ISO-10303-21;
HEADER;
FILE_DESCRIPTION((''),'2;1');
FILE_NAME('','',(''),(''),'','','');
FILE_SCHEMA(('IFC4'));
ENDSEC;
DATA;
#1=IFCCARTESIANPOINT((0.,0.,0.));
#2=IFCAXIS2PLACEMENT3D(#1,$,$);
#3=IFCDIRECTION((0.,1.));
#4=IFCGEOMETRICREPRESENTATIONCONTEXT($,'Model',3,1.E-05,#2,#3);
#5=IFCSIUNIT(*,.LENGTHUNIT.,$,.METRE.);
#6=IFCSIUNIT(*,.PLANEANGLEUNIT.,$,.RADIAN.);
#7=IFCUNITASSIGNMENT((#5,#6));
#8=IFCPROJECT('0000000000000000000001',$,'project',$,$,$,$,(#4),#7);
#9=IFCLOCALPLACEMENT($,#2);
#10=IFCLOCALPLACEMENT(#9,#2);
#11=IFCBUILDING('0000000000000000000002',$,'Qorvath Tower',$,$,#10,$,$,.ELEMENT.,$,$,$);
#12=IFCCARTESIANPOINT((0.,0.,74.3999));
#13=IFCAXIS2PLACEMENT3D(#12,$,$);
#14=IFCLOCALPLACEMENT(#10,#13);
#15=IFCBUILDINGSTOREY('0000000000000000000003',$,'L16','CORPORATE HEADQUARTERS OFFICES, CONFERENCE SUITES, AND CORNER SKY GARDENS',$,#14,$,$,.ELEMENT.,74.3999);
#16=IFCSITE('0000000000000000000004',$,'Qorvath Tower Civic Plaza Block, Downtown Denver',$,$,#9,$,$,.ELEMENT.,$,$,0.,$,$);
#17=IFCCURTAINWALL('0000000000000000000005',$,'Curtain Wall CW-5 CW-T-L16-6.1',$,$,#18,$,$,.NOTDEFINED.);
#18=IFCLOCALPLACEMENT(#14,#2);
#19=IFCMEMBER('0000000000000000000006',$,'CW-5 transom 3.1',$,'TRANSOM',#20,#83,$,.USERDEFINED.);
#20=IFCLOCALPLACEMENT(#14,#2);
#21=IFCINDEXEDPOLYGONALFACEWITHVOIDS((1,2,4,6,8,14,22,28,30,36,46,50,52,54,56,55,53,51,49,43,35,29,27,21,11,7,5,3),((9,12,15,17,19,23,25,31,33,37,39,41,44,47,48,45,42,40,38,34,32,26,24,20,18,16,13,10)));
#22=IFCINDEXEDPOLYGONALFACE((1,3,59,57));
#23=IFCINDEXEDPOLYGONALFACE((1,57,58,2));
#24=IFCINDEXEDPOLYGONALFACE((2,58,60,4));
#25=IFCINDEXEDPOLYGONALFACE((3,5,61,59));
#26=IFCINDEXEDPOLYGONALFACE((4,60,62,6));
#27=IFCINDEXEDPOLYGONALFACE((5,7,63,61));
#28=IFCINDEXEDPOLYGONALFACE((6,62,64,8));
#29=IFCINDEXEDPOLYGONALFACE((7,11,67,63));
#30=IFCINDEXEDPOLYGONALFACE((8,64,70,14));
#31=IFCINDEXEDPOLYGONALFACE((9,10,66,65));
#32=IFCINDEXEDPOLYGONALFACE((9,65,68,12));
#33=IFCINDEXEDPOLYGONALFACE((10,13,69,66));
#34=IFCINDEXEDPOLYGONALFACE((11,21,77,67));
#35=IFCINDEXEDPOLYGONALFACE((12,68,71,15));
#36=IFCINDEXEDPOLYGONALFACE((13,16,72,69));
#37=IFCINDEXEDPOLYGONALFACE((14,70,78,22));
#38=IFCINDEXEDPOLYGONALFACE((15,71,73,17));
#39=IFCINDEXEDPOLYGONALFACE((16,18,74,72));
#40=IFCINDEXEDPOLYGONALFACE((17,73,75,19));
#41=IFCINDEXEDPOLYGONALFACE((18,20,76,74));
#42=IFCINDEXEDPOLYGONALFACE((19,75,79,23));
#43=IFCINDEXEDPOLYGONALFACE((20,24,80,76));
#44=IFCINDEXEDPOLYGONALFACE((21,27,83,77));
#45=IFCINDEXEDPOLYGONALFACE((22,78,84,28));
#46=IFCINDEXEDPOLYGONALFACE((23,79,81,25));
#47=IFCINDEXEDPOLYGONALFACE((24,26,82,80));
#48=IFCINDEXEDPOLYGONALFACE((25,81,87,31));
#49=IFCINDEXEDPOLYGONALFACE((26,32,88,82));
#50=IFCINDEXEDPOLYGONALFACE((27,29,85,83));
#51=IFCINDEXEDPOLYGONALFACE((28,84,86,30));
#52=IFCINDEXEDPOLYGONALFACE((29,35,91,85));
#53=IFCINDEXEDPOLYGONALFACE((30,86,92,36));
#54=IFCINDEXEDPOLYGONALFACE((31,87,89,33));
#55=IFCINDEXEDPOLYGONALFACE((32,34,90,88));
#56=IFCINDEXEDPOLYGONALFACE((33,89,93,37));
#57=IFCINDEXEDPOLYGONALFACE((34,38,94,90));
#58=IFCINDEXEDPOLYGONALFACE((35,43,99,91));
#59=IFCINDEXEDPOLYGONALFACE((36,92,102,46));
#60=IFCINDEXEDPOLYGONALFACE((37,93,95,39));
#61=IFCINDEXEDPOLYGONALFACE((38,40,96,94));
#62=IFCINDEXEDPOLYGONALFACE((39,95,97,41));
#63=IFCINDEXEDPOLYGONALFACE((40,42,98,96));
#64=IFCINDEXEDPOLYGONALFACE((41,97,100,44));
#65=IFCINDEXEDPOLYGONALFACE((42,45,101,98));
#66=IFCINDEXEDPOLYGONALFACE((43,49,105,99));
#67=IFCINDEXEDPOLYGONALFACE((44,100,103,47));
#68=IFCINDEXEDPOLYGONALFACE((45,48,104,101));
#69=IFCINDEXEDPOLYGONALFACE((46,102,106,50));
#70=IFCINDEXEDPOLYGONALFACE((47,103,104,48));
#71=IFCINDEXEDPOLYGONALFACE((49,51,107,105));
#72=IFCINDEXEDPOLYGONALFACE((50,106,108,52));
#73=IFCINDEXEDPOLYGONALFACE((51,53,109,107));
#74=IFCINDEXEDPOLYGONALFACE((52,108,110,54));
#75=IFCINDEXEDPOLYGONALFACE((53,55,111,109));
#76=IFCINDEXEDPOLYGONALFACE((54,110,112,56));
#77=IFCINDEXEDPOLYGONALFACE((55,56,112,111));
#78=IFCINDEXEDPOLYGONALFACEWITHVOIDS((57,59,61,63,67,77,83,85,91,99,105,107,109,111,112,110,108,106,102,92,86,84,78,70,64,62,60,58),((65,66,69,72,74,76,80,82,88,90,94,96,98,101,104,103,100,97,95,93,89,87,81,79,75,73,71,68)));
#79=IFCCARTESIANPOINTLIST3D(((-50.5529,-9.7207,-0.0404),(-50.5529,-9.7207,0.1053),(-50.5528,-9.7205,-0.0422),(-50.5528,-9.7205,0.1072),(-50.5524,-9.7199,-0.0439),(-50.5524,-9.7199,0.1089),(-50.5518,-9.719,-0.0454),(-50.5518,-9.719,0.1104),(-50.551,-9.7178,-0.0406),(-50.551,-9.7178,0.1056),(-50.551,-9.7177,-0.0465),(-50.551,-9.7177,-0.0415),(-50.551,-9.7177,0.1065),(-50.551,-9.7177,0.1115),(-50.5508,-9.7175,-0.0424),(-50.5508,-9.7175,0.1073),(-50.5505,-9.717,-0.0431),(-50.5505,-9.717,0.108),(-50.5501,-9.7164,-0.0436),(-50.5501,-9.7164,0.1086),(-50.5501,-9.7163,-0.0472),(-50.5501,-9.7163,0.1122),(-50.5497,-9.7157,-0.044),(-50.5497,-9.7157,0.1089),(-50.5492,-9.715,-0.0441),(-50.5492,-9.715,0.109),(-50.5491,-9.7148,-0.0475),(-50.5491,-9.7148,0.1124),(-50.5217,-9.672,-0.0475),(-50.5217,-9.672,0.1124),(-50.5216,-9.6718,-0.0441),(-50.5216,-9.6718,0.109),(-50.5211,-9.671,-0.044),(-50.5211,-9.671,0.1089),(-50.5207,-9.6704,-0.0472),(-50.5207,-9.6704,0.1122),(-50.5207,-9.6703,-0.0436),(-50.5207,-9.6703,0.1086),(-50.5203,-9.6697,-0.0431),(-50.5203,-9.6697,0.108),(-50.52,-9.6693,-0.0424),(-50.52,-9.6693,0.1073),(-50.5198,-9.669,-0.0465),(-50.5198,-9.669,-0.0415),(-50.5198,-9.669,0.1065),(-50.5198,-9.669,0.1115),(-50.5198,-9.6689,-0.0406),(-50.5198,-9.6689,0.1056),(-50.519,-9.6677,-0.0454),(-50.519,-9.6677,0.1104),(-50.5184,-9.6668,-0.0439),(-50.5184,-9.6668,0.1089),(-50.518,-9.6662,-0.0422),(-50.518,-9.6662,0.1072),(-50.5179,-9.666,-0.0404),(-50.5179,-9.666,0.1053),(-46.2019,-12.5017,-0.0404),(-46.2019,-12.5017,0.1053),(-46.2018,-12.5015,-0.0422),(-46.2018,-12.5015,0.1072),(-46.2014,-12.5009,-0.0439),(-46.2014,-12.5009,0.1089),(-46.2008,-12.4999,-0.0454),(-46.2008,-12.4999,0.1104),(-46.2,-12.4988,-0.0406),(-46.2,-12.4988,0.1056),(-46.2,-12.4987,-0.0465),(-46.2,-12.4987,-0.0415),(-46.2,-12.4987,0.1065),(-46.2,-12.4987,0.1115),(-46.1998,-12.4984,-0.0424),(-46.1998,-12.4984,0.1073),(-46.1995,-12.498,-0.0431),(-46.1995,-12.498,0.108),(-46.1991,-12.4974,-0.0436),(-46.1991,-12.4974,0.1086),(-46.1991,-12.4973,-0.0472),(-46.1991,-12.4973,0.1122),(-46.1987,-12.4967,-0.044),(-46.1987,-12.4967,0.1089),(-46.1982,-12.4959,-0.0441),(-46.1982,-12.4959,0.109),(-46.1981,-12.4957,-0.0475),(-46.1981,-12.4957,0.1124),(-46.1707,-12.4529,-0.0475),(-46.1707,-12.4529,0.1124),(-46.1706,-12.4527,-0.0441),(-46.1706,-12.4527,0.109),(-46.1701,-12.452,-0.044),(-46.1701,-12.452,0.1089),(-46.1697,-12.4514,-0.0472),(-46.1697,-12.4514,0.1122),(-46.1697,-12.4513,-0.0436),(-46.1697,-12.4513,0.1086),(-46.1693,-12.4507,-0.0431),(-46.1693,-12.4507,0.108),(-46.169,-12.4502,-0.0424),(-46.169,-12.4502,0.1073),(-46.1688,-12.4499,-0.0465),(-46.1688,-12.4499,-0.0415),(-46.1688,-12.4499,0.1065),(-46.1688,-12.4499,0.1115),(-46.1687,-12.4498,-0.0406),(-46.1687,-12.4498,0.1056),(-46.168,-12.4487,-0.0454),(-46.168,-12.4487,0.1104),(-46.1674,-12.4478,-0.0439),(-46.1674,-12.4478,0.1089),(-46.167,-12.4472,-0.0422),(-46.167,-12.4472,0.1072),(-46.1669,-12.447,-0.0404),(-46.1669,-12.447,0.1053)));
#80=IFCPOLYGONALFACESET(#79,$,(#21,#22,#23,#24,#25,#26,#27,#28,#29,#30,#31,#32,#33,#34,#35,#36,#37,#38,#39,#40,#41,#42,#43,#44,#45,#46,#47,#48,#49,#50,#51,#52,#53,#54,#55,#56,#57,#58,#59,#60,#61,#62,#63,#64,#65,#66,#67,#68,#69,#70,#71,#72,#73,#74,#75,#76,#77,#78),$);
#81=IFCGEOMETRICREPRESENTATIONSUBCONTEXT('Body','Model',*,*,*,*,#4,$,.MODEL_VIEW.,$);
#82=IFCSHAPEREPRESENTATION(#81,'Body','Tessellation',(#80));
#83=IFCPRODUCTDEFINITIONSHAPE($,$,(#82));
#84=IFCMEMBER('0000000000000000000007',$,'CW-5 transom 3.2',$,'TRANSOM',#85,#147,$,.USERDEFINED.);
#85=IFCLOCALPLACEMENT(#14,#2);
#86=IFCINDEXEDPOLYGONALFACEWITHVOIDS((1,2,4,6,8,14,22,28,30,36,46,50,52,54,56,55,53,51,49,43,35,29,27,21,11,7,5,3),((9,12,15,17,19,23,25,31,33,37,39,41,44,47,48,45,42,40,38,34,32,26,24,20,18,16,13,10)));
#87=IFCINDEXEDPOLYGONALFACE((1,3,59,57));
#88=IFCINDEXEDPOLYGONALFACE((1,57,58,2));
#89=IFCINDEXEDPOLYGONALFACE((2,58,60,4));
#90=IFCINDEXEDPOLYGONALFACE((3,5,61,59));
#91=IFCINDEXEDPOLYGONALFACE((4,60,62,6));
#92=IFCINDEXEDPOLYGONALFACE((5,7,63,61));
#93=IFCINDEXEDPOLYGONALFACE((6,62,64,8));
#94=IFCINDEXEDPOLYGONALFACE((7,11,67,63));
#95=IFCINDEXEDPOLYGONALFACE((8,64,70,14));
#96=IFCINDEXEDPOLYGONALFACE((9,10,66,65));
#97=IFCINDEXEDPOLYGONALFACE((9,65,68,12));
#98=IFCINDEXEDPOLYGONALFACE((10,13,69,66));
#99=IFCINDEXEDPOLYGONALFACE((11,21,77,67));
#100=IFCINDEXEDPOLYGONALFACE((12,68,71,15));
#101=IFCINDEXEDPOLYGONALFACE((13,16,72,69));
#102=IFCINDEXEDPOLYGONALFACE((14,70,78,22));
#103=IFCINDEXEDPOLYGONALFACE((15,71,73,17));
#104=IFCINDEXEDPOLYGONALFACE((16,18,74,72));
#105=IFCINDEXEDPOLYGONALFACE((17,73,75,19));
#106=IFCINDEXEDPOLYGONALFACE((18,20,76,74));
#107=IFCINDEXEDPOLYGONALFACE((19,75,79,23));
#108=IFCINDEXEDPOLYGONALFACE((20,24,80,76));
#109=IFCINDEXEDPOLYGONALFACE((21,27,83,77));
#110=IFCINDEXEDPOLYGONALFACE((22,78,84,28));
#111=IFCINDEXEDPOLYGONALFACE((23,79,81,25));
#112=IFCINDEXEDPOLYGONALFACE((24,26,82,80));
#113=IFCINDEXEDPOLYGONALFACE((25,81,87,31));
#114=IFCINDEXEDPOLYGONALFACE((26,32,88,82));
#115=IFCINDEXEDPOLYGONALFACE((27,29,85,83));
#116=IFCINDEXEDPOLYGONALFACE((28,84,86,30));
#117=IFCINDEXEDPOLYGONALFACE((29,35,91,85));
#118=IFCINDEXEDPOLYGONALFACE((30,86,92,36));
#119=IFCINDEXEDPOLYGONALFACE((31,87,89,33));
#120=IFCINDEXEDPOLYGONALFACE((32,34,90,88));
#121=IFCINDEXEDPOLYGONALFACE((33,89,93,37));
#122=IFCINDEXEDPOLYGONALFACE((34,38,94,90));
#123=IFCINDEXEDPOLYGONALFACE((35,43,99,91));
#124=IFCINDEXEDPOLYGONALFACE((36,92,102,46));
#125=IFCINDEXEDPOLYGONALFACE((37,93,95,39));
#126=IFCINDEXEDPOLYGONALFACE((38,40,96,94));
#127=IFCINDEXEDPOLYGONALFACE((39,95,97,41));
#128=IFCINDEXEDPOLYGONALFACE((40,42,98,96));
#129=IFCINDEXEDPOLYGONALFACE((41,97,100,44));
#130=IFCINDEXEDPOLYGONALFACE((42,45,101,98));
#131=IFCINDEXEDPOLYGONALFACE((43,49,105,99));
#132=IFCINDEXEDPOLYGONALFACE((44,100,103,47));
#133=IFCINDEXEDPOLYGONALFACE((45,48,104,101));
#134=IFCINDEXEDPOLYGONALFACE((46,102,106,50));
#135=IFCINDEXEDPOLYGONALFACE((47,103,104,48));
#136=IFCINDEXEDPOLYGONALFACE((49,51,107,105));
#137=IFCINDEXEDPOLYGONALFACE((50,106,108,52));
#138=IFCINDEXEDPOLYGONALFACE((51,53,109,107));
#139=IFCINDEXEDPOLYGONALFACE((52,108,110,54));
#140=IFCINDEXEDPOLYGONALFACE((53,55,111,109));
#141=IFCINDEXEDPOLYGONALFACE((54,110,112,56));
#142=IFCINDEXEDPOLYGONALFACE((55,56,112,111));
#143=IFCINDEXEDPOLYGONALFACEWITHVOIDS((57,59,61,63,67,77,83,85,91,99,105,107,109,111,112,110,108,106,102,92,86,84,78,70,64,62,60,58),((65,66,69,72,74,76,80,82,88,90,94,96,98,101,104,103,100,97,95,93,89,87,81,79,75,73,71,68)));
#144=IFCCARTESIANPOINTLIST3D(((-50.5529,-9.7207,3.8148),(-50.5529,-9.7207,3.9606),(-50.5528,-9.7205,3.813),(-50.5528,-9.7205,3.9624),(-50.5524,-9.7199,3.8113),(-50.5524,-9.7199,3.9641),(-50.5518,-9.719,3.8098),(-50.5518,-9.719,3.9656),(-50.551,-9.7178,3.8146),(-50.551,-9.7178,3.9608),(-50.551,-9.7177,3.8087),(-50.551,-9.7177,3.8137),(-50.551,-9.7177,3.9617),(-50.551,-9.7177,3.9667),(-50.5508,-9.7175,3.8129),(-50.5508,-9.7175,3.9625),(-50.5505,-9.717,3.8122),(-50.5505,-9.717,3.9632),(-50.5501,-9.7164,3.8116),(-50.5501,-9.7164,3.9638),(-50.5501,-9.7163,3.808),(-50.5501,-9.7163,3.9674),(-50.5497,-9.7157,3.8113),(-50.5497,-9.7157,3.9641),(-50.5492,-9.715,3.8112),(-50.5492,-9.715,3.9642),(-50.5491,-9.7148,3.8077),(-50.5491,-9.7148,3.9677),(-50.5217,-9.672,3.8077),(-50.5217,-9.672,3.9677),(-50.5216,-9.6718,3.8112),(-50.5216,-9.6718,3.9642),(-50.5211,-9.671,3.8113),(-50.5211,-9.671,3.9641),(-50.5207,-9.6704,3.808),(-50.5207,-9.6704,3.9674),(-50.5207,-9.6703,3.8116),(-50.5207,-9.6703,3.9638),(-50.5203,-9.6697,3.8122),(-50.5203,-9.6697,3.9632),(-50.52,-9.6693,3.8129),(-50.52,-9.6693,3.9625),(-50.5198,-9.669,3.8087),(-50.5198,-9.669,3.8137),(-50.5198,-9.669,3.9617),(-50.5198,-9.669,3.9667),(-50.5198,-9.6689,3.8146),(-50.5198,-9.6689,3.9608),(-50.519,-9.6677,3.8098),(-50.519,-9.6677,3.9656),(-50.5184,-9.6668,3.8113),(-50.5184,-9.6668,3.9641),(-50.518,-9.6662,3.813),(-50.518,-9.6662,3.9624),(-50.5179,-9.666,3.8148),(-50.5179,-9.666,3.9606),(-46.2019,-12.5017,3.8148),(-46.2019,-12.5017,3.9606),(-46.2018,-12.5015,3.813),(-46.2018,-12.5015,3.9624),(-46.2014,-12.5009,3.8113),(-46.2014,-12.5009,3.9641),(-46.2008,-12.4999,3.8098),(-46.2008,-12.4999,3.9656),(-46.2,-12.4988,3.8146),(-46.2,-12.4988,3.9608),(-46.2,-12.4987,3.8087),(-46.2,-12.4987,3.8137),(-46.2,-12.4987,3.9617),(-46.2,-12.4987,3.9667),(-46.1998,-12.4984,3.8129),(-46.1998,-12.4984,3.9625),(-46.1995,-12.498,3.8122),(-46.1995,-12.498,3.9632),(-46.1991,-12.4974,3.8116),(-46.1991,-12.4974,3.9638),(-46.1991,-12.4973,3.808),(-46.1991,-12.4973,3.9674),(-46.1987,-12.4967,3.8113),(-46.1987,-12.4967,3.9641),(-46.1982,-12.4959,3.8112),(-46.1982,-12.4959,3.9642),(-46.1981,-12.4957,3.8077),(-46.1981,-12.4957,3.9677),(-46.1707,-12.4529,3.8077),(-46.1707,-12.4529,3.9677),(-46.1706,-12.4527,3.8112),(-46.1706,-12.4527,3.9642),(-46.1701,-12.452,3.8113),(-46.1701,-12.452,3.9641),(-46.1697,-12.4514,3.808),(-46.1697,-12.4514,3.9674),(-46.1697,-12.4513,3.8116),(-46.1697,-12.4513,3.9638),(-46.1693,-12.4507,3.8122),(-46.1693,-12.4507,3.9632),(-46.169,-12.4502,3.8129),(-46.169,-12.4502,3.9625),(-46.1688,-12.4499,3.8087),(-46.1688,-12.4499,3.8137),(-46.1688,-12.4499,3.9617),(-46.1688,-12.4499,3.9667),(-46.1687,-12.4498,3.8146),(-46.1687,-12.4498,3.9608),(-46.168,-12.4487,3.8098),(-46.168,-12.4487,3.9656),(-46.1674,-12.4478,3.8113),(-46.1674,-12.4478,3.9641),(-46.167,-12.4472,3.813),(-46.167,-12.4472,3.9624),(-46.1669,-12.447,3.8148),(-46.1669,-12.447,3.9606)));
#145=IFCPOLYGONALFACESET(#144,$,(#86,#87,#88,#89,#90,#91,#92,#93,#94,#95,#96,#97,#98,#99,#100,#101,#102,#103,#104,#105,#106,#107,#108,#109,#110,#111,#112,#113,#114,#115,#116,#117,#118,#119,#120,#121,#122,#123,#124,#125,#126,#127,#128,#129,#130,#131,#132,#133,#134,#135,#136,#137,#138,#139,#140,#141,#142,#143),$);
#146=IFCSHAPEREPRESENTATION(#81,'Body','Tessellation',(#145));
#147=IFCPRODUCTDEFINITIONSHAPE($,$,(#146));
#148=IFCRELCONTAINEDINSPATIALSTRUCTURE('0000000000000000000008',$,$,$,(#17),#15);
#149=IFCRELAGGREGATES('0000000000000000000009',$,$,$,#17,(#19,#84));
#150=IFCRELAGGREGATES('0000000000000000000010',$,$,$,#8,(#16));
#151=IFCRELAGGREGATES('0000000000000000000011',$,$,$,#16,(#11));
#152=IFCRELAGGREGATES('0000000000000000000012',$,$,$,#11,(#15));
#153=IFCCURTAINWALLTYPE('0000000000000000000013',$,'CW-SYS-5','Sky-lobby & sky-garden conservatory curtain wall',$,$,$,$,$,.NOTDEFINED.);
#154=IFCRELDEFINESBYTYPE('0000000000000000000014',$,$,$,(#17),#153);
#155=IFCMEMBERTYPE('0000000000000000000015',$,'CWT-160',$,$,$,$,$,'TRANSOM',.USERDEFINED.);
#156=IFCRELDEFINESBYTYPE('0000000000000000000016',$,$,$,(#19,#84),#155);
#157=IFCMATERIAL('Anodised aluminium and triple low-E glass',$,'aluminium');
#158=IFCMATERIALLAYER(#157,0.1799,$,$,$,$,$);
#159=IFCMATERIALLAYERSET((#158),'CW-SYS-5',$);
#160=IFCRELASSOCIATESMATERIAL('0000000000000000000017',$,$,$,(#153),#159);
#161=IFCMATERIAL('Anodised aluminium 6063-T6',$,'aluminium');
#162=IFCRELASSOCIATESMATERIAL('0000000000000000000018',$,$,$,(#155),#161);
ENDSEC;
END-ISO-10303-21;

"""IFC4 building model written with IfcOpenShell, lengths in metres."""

from ifc_helpers import new_model, si_unit, direction, frame, origin, origin_2d, place, context, subcontext, project, spatial, hollow_rectangle, extrude, material, layer, layer_set, material_profile, profile_set, type_object, element, aggregate, save


model = new_model("IFC4")

# Units and contexts
model_context = context("Model", 3, precision=1e-05, world=origin(), true_north=direction((0.0, 1.0)))
body_context = subcontext(model_context, "Body", "Model", "MODEL_VIEW")
ifc_project = project(units=[si_unit("LENGTHUNIT", "METRE"), si_unit("PLANEANGLEUNIT", "RADIAN")], contexts=[model_context])

# Site, building, storey
site_placement = place(None, origin())
site = spatial("IfcSite", under=ifc_project, at=site_placement, Name="Qorvath Tower Civic Plaza Block, Downtown Denver", CompositionType="ELEMENT", RefElevation=0.0)
building_placement = place(site_placement, origin())
building = spatial("IfcBuilding", under=site, at=building_placement, Name="Qorvath Tower", CompositionType="ELEMENT")
storey_placement = place(building_placement, frame((0.0, 0.0, 74.3999)))
storey = spatial("IfcBuildingStorey", under=building, at=storey_placement, Name="L16", Description="CORPORATE HEADQUARTERS OFFICES, CONFERENCE SUITES, AND CORNER SKY GARDENS", CompositionType="ELEMENT", Elevation=74.3999)

# Shared definitions
ifc_material_1 = material(Name="Anodised aluminium and triple low-E glass", Category="aluminium")
ifc_layer_1 = layer(ifc_material_1, 0.1799)
ifc_layer_set_1 = layer_set([ifc_layer_1], Name="CW-SYS-5")
curtain_wall_type = type_object("IfcCurtainWallType", Name="CW-SYS-5", Description="Sky-lobby & sky-garden conservatory curtain wall", PredefinedType="NOTDEFINED", material=ifc_layer_set_1)

# Curtain wall, members
curtain_wall_1_placement = place(storey_placement, origin())
curtain_wall_1 = element("IfcCurtainWall", 1, at=curtain_wall_1_placement, inside=storey, type_object=curtain_wall_type, Name="Curtain Wall CW-5 CW-T-L16-6.1", PredefinedType="NOTDEFINED")
ifc_material_2 = material(Name="Anodised aluminium 6063-T6", Category="aluminium")
ifc_material_profile_1 = material_profile(ifc_material_2, hollow_rectangle(XDim=0.0649, YDim=0.1599, WallThickness=0.0034, InnerFilletRadius=0.0034, OuterFilletRadius=0.0071, at=origin_2d()), Name="CWT 160x65")
ifc_profile_set_1 = profile_set([ifc_material_profile_1], Name="Anodised aluminium 6063-T6")
member_type_1 = type_object("IfcMemberType", Name="CWT-160", ElementType="TRANSOM", PredefinedType="USERDEFINED", material=ifc_profile_set_1)
member_1_placement = place(storey_placement, frame((-50.5354, -9.6934, 0.0325), z_axis=(0.842595, -0.538548, 0.0), x_axis=(0.538548, 0.842595, 0.0)))
member_1 = element("IfcMember", 2, at=member_1_placement, type_object=member_type_1, Name="CW-5 transom 3.1", ObjectType="TRANSOM", PredefinedType="USERDEFINED", context=body_context, shape_type="SweptSolid", body=[
    extrude(hollow_rectangle(XDim=0.0649, YDim=0.1599, WallThickness=0.0034, InnerFilletRadius=0.0034, OuterFilletRadius=0.0071, at=origin_2d()), origin(), (0.0, 0.0, 1.0), 5.1638),
])
member_2_placement = place(storey_placement, frame((-50.5354, -9.6934, 3.8877), z_axis=(0.842595, -0.538548, 0.0), x_axis=(0.538548, 0.842595, 0.0)))
member_2 = element("IfcMember", 3, at=member_2_placement, type_object=member_type_1, Name="CW-5 transom 3.2", ObjectType="TRANSOM", PredefinedType="USERDEFINED", context=body_context, shape_type="SweptSolid", body=[
    extrude(hollow_rectangle(XDim=0.0649, YDim=0.1599, WallThickness=0.0034, InnerFilletRadius=0.0034, OuterFilletRadius=0.0071, at=origin_2d()), origin(), (0.0, 0.0, 1.0), 5.1638),
])

aggregate(curtain_wall_1, [member_1, member_2])

save(model, "model.ifc")
